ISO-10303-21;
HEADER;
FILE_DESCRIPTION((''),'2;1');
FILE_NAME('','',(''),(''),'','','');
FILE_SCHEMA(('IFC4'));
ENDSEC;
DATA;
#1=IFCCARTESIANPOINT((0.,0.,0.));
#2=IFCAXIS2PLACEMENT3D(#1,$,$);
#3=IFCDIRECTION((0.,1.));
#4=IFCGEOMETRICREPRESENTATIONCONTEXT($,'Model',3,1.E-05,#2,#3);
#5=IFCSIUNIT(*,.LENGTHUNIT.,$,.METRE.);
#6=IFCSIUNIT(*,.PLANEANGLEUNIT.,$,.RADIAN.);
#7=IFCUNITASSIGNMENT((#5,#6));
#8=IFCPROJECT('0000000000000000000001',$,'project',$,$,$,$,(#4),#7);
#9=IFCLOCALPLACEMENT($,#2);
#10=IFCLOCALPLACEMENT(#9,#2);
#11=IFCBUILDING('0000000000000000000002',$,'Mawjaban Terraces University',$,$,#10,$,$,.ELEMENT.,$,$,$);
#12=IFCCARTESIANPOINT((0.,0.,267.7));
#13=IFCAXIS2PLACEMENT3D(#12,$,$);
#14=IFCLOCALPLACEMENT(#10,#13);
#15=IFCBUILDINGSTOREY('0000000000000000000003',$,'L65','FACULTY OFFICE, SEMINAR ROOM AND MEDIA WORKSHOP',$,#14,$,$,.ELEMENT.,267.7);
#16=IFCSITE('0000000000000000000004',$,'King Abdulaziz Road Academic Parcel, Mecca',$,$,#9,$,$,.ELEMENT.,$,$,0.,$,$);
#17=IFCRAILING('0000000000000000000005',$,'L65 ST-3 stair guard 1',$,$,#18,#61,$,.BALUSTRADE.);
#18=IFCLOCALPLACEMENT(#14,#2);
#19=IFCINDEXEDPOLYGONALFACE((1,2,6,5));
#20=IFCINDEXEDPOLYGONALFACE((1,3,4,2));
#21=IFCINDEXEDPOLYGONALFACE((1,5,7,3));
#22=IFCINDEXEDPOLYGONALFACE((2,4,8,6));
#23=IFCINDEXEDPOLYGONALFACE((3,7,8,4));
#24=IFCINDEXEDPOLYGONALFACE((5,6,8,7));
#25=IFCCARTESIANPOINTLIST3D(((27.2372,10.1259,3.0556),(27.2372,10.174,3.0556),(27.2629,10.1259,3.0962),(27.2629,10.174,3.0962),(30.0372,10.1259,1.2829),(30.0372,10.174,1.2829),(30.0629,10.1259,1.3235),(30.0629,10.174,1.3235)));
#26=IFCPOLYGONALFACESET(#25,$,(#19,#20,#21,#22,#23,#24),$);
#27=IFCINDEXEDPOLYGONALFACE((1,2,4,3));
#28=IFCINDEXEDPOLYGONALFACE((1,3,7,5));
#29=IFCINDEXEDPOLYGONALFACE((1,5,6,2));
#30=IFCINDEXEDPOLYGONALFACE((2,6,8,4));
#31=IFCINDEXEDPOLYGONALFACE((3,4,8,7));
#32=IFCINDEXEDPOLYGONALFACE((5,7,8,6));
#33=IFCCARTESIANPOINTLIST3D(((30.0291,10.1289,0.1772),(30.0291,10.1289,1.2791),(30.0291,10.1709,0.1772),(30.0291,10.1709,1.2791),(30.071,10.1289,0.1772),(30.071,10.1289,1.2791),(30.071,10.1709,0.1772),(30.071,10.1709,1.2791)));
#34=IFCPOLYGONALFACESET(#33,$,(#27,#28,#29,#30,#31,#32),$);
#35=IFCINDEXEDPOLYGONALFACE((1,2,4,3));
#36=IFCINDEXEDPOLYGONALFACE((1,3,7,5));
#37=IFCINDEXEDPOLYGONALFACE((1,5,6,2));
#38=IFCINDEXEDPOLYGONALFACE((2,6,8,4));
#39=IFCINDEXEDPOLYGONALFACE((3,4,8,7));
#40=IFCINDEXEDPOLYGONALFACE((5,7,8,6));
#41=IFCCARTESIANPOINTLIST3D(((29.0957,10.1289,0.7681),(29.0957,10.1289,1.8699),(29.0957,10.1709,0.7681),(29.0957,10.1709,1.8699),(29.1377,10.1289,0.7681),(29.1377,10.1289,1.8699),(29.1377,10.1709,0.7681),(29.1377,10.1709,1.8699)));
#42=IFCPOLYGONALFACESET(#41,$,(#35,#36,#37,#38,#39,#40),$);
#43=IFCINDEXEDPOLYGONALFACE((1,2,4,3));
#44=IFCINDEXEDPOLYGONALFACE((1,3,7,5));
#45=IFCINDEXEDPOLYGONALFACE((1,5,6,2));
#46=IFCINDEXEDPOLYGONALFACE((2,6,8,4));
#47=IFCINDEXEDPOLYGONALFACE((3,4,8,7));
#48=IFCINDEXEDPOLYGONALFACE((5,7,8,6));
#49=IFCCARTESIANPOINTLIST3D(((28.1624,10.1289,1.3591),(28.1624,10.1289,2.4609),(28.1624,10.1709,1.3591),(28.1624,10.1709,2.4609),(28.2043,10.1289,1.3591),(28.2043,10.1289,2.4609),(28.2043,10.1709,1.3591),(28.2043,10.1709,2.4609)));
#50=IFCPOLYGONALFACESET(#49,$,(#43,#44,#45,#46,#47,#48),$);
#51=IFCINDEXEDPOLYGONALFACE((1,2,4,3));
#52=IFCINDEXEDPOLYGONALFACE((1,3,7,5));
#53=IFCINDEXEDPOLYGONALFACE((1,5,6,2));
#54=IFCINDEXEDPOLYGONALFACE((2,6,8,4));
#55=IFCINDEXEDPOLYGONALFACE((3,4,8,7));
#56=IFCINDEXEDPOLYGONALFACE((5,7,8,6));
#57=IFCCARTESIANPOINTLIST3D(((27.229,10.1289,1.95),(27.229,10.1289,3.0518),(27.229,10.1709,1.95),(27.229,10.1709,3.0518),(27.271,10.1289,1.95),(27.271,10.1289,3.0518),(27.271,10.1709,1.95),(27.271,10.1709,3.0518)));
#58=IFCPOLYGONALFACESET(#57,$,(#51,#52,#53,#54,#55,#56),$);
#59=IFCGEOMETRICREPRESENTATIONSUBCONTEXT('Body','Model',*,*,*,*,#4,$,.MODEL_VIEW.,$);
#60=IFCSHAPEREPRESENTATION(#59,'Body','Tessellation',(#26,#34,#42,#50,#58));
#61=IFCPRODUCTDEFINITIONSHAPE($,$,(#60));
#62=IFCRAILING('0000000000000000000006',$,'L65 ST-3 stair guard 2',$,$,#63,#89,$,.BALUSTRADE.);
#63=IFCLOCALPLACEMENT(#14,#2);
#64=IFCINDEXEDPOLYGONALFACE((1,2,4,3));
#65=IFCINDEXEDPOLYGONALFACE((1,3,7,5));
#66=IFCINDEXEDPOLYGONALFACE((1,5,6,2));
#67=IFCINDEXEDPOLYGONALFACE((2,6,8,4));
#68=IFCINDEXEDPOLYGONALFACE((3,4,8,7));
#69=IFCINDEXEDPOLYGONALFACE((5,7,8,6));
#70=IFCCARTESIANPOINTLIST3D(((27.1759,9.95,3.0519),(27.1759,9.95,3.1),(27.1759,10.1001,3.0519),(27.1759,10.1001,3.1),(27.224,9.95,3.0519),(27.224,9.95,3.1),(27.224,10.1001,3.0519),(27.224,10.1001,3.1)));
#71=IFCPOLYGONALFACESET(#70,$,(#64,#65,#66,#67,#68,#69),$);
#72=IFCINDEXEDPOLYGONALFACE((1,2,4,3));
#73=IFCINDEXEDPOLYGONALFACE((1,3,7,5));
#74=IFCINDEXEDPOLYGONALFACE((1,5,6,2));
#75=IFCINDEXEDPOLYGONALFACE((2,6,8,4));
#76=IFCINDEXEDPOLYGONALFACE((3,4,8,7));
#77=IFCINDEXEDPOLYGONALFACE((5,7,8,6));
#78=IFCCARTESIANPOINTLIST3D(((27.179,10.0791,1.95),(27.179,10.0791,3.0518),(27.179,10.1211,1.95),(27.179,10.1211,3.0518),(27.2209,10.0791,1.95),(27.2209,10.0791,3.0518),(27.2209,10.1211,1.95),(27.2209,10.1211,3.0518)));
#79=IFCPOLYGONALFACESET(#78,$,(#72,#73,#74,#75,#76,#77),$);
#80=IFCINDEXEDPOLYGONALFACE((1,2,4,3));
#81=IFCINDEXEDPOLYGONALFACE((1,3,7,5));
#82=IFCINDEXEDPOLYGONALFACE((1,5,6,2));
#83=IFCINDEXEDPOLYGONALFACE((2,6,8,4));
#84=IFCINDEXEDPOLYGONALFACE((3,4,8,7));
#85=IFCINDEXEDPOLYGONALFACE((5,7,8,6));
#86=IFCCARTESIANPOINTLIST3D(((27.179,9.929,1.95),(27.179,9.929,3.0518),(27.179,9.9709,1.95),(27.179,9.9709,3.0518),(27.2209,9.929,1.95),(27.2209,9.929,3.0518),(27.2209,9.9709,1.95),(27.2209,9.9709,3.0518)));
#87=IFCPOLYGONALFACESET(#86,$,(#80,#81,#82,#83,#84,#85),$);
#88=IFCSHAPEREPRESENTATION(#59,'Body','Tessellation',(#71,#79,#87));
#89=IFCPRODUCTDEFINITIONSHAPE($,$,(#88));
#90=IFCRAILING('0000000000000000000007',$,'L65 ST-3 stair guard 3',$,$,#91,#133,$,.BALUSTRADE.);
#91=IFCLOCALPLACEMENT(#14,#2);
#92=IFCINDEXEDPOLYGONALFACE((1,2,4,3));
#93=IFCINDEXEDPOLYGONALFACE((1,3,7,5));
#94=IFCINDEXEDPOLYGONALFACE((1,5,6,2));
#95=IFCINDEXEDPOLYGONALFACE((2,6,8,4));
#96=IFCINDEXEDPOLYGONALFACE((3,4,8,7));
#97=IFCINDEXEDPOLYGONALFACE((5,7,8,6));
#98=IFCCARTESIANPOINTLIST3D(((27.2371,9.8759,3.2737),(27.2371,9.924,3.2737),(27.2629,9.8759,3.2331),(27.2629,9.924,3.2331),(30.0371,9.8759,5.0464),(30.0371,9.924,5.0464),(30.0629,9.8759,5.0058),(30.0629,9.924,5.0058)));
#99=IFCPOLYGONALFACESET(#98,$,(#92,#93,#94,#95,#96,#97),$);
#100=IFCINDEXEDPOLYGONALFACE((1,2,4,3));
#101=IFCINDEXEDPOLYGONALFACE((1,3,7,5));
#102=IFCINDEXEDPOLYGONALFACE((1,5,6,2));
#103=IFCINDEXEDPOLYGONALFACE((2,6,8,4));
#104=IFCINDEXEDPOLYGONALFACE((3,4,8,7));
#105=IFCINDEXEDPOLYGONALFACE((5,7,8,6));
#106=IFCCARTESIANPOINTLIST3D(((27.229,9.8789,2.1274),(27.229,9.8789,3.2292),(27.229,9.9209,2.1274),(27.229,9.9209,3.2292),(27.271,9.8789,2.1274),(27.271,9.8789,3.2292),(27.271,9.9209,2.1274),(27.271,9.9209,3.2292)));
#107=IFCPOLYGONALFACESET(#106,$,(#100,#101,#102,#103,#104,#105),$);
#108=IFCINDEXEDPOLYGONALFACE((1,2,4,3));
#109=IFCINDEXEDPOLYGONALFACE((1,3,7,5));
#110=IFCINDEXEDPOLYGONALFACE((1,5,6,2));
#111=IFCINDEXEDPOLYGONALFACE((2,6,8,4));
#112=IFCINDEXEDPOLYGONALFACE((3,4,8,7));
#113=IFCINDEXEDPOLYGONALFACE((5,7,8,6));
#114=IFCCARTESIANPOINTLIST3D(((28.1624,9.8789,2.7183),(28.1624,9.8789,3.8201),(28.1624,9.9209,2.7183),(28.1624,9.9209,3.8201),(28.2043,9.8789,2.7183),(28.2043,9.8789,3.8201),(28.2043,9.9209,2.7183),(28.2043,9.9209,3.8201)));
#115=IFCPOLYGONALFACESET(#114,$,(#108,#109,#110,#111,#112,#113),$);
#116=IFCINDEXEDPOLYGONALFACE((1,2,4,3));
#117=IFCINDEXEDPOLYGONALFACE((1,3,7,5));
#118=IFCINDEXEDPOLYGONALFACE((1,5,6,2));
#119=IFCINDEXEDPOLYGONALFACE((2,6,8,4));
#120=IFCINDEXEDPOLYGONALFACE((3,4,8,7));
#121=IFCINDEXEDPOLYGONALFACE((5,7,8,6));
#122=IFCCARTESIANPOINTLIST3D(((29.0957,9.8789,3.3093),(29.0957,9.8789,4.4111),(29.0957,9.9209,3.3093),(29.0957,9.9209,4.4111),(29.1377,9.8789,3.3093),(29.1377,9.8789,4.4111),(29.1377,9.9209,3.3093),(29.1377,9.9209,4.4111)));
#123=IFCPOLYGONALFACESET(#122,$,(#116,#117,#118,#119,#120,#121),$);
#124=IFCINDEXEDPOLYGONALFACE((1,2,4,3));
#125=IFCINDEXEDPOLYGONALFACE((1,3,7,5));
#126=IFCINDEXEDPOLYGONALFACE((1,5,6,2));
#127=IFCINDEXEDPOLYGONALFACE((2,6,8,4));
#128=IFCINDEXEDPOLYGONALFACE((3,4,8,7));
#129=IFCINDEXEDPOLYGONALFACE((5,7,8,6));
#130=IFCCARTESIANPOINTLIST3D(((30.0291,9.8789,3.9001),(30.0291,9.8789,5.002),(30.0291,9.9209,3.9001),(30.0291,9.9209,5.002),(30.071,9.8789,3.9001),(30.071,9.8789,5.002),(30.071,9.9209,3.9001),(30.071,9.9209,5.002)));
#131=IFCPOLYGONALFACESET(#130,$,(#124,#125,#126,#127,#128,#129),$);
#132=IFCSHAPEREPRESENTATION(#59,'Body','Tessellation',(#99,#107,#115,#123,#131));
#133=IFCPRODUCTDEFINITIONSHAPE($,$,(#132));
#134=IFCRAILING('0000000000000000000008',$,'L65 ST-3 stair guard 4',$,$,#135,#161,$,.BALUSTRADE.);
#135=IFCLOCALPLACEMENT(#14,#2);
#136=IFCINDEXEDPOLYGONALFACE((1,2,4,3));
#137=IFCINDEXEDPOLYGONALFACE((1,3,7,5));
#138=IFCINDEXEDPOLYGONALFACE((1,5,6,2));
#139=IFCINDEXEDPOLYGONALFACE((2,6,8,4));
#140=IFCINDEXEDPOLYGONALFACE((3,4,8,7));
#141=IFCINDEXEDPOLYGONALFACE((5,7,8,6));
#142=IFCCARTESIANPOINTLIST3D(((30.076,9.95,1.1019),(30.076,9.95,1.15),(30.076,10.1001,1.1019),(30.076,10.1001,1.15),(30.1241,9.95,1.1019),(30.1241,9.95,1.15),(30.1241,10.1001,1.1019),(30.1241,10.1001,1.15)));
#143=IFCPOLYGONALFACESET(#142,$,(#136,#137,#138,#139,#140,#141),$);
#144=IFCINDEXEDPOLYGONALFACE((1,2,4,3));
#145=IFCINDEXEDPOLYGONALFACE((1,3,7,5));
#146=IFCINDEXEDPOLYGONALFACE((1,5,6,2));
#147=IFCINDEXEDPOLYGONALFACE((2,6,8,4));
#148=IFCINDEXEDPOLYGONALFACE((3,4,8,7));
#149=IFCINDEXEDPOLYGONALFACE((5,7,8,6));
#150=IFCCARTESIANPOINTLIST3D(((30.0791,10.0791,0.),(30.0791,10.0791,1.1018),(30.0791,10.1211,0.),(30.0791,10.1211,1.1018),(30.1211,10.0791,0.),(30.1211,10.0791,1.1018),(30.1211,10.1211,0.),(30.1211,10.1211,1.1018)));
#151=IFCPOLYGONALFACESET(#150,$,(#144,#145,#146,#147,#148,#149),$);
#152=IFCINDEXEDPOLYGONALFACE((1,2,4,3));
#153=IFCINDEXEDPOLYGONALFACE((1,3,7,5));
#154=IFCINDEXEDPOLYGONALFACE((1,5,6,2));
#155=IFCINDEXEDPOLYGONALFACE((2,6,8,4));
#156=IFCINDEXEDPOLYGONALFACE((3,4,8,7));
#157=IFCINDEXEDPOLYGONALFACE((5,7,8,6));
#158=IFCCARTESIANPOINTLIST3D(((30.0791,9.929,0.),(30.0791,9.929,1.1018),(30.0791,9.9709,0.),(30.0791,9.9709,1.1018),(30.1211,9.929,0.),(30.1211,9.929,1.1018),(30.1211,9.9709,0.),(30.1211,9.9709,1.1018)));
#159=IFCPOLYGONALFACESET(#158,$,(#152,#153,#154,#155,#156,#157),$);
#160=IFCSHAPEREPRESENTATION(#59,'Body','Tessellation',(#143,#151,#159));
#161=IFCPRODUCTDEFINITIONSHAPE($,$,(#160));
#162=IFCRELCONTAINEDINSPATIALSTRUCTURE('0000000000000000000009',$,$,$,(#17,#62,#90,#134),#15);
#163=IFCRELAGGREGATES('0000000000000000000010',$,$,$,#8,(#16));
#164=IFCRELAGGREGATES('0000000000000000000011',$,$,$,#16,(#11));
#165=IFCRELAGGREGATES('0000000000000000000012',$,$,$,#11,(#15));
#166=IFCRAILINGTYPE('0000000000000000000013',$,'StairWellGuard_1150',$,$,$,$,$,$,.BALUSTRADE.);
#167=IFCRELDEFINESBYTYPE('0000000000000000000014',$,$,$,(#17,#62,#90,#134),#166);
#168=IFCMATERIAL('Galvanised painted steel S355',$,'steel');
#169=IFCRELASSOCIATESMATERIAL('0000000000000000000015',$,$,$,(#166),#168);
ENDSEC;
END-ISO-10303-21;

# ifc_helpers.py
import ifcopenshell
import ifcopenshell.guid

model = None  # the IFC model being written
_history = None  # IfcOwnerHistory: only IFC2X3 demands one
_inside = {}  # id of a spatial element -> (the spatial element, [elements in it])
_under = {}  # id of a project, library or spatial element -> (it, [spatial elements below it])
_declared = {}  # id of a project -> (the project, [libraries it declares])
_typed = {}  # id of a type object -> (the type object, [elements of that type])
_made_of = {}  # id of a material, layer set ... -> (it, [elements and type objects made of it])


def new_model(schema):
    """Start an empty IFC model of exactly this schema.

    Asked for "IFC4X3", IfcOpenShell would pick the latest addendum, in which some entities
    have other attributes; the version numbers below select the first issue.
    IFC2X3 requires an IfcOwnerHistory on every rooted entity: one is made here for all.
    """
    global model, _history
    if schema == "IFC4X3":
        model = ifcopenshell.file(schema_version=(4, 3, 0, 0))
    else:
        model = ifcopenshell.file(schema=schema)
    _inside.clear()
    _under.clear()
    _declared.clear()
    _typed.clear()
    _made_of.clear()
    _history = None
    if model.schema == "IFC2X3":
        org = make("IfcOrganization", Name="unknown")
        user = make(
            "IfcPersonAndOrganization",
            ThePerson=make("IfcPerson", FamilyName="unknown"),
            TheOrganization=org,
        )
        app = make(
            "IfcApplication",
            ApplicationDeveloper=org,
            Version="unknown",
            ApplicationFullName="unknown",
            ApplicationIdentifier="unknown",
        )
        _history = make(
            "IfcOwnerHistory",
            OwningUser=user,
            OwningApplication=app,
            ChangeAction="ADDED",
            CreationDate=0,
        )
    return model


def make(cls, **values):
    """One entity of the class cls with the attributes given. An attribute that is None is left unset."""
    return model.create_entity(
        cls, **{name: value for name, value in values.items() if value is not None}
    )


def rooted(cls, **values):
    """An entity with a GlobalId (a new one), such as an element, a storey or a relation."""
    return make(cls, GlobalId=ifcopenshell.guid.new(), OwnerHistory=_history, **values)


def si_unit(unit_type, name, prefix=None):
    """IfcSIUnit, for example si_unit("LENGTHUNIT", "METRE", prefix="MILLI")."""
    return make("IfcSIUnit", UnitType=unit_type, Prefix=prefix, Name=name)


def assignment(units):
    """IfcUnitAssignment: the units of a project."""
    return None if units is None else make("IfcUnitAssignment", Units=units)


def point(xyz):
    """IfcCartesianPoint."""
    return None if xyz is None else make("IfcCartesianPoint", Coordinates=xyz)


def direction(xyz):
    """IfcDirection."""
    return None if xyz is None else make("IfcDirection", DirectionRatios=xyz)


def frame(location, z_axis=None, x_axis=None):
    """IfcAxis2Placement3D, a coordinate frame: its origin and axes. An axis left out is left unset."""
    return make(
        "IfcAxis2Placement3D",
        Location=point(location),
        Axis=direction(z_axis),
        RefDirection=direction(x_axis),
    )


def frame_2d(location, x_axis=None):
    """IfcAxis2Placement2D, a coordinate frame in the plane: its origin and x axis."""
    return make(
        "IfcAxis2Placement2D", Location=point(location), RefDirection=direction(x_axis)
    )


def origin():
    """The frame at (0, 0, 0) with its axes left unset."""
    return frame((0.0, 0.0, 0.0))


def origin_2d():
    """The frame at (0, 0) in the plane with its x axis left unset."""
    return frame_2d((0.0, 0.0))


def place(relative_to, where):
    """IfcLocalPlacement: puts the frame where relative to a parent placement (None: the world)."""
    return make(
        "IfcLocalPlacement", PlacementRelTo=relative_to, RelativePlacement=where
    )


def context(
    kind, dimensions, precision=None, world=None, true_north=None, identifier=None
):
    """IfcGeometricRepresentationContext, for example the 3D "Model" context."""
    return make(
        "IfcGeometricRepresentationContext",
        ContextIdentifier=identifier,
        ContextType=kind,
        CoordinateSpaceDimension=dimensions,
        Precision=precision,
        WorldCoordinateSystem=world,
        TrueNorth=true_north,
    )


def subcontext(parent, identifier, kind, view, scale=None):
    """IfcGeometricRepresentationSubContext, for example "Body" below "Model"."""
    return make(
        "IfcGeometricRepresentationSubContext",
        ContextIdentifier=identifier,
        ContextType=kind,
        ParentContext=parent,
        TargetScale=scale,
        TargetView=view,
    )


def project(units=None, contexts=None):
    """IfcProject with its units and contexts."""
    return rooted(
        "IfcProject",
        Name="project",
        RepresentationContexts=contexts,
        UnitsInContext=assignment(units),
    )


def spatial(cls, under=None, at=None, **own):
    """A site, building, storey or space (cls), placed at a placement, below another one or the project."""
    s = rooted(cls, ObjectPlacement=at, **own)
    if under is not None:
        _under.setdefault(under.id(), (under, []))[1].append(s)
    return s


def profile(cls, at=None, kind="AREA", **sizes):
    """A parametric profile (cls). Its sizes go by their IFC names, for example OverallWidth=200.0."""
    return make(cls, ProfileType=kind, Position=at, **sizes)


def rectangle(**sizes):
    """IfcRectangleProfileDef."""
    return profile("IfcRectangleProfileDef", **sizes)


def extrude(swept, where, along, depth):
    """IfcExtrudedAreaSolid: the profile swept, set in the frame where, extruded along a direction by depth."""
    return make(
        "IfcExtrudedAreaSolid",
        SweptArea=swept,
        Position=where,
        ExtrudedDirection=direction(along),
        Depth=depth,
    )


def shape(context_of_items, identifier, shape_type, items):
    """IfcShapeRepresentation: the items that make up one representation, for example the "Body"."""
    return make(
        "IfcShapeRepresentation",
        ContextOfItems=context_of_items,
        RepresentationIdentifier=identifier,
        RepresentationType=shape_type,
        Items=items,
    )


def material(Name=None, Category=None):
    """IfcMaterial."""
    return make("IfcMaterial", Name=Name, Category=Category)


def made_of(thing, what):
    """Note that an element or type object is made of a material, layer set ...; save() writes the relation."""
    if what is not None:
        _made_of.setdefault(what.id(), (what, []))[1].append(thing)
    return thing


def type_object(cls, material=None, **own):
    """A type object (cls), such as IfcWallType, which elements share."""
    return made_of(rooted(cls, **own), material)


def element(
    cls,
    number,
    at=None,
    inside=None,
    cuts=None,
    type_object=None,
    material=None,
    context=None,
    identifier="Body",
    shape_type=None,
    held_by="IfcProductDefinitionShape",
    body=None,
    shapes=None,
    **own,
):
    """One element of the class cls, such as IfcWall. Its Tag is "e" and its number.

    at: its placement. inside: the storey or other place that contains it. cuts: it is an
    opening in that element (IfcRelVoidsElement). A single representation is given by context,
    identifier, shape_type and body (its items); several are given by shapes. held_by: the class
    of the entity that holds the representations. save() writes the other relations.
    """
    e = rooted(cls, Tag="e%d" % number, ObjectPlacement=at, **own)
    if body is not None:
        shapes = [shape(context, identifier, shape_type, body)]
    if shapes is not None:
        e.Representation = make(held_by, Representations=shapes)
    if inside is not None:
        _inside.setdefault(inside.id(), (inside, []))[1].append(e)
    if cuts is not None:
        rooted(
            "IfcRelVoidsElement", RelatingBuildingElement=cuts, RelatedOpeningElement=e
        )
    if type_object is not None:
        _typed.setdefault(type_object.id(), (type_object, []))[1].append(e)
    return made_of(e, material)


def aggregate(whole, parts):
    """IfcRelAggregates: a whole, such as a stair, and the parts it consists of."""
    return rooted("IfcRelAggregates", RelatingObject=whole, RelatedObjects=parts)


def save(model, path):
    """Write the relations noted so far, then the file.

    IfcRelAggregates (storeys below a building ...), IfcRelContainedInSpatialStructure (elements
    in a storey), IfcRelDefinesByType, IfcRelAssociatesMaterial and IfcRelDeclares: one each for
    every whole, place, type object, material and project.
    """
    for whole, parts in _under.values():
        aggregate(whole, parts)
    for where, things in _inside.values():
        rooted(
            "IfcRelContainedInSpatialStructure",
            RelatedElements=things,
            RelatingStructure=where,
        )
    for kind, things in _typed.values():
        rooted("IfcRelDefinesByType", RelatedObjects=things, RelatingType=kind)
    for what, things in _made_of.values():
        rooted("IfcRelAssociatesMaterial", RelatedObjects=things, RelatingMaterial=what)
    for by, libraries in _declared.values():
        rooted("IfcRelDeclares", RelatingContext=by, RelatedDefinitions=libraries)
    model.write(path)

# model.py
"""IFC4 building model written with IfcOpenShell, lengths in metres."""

from ifc_helpers import new_model, si_unit, direction, frame, origin, origin_2d, place, context, subcontext, project, spatial, rectangle, extrude, material, type_object, element, save


model = new_model("IFC4")

# Units and contexts
model_context = context("Model", 3, precision=1e-05, world=origin(), true_north=direction((0.0, 1.0)))
body_context = subcontext(model_context, "Body", "Model", "MODEL_VIEW")
ifc_project = project(units=[si_unit("LENGTHUNIT", "METRE"), si_unit("PLANEANGLEUNIT", "RADIAN")], contexts=[model_context])

# Site, building, storey
site_placement = place(None, origin())
site = spatial("IfcSite", under=ifc_project, at=site_placement, Name="King Abdulaziz Road Academic Parcel, Mecca", CompositionType="ELEMENT", RefElevation=0.0)
building_placement = place(site_placement, origin())
building = spatial("IfcBuilding", under=site, at=building_placement, Name="Mawjaban Terraces University", CompositionType="ELEMENT")
storey_placement = place(building_placement, frame((0.0, 0.0, 267.7)))
storey = spatial("IfcBuildingStorey", under=building, at=storey_placement, Name="L65", Description="FACULTY OFFICE, SEMINAR ROOM AND MEDIA WORKSHOP", CompositionType="ELEMENT", Elevation=267.7)

# Railings
ifc_material_1 = material(Name="Galvanised painted steel S355", Category="steel")
railing_type_1 = type_object("IfcRailingType", Name="StairWellGuard_1150", PredefinedType="BALUSTRADE", material=ifc_material_1)
railing_1_placement = place(storey_placement, frame((30.05, 10.1499, 0.1772)))
element("IfcRailing", 1, at=railing_1_placement, inside=storey, type_object=railing_type_1, Name="L65 ST-3 stair guard 1", PredefinedType="BALUSTRADE", context=body_context, shape_type="SweptSolid", body=[
    extrude(rectangle(XDim=0.0481, YDim=0.0481, at=origin_2d()), frame((0.0, 0.0, 1.126), z_axis=(-0.844909, 0.0, 0.53491), x_axis=(0.0, -1.0, 0.0)), (0.0, 0.0, 1.0), 3.314),
    extrude(rectangle(XDim=0.042, YDim=0.042, at=origin_2d()), origin(), (0.0, 0.0, 1.0), 1.1018),
    extrude(rectangle(XDim=0.042, YDim=0.042, at=origin_2d()), frame((-0.9333, 0.0, 0.5908)), (0.0, 0.0, 1.0), 1.1018),
    extrude(rectangle(XDim=0.042, YDim=0.042, at=origin_2d()), frame((-1.8667, 0.0, 1.1819)), (0.0, 0.0, 1.0), 1.1018),
    extrude(rectangle(XDim=0.042, YDim=0.042, at=origin_2d()), frame((-2.8, 0.0, 1.7727)), (0.0, 0.0, 1.0), 1.1018),
])
railing_2_placement = place(storey_placement, frame((27.2, 10.1001, 1.95)))
element("IfcRailing", 2, at=railing_2_placement, inside=storey, type_object=railing_type_1, Name="L65 ST-3 stair guard 2", PredefinedType="BALUSTRADE", context=body_context, shape_type="SweptSolid", body=[
    extrude(rectangle(XDim=0.0481, YDim=0.0481, at=origin_2d()), frame((0.0, 0.0, 1.126), z_axis=(0.0, -1.0, 0.0), x_axis=(1.0, 0.0, 0.0)), (0.0, 0.0, 1.0), 0.1501),
    extrude(rectangle(XDim=0.042, YDim=0.042, at=origin_2d()), origin(), (0.0, 0.0, 1.0), 1.1018),
    extrude(rectangle(XDim=0.042, YDim=0.042, at=origin_2d()), frame((0.0, -0.1501, 0.0)), (0.0, 0.0, 1.0), 1.1018),
])
railing_3_placement = place(storey_placement, frame((27.25, 9.8999, 2.1274)))
element("IfcRailing", 3, at=railing_3_placement, inside=storey, type_object=railing_type_1, Name="L65 ST-3 stair guard 3", PredefinedType="BALUSTRADE", context=body_context, shape_type="SweptSolid", body=[
    extrude(rectangle(XDim=0.0481, YDim=0.0481, at=origin_2d()), frame((0.0, 0.0, 1.126), z_axis=(0.844909, 0.0, 0.53491), x_axis=(0.0, 1.0, 0.0)), (0.0, 0.0, 1.0), 3.314),
    extrude(rectangle(XDim=0.042, YDim=0.042, at=origin_2d()), origin(), (0.0, 0.0, 1.0), 1.1018),
    extrude(rectangle(XDim=0.042, YDim=0.042, at=origin_2d()), frame((0.9333, 0.0, 0.5908)), (0.0, 0.0, 1.0), 1.1018),
    extrude(rectangle(XDim=0.042, YDim=0.042, at=origin_2d()), frame((1.8667, 0.0, 1.1819)), (0.0, 0.0, 1.0), 1.1018),
    extrude(rectangle(XDim=0.042, YDim=0.042, at=origin_2d()), frame((2.8, 0.0, 1.7727)), (0.0, 0.0, 1.0), 1.1018),
])
railing_4_placement = place(storey_placement, frame((30.1001, 10.1001, 0.0)))
element("IfcRailing", 4, at=railing_4_placement, inside=storey, type_object=railing_type_1, Name="L65 ST-3 stair guard 4", PredefinedType="BALUSTRADE", context=body_context, shape_type="SweptSolid", body=[
    extrude(rectangle(XDim=0.0481, YDim=0.0481, at=origin_2d()), frame((0.0, 0.0, 1.126), z_axis=(0.0, -1.0, 0.0), x_axis=(1.0, 0.0, 0.0)), (0.0, 0.0, 1.0), 0.1501),
    extrude(rectangle(XDim=0.042, YDim=0.042, at=origin_2d()), origin(), (0.0, 0.0, 1.0), 1.1018),
    extrude(rectangle(XDim=0.042, YDim=0.042, at=origin_2d()), frame((0.0, -0.1501, 0.0)), (0.0, 0.0, 1.0), 1.1018),
])

save(model, "model.ifc")
